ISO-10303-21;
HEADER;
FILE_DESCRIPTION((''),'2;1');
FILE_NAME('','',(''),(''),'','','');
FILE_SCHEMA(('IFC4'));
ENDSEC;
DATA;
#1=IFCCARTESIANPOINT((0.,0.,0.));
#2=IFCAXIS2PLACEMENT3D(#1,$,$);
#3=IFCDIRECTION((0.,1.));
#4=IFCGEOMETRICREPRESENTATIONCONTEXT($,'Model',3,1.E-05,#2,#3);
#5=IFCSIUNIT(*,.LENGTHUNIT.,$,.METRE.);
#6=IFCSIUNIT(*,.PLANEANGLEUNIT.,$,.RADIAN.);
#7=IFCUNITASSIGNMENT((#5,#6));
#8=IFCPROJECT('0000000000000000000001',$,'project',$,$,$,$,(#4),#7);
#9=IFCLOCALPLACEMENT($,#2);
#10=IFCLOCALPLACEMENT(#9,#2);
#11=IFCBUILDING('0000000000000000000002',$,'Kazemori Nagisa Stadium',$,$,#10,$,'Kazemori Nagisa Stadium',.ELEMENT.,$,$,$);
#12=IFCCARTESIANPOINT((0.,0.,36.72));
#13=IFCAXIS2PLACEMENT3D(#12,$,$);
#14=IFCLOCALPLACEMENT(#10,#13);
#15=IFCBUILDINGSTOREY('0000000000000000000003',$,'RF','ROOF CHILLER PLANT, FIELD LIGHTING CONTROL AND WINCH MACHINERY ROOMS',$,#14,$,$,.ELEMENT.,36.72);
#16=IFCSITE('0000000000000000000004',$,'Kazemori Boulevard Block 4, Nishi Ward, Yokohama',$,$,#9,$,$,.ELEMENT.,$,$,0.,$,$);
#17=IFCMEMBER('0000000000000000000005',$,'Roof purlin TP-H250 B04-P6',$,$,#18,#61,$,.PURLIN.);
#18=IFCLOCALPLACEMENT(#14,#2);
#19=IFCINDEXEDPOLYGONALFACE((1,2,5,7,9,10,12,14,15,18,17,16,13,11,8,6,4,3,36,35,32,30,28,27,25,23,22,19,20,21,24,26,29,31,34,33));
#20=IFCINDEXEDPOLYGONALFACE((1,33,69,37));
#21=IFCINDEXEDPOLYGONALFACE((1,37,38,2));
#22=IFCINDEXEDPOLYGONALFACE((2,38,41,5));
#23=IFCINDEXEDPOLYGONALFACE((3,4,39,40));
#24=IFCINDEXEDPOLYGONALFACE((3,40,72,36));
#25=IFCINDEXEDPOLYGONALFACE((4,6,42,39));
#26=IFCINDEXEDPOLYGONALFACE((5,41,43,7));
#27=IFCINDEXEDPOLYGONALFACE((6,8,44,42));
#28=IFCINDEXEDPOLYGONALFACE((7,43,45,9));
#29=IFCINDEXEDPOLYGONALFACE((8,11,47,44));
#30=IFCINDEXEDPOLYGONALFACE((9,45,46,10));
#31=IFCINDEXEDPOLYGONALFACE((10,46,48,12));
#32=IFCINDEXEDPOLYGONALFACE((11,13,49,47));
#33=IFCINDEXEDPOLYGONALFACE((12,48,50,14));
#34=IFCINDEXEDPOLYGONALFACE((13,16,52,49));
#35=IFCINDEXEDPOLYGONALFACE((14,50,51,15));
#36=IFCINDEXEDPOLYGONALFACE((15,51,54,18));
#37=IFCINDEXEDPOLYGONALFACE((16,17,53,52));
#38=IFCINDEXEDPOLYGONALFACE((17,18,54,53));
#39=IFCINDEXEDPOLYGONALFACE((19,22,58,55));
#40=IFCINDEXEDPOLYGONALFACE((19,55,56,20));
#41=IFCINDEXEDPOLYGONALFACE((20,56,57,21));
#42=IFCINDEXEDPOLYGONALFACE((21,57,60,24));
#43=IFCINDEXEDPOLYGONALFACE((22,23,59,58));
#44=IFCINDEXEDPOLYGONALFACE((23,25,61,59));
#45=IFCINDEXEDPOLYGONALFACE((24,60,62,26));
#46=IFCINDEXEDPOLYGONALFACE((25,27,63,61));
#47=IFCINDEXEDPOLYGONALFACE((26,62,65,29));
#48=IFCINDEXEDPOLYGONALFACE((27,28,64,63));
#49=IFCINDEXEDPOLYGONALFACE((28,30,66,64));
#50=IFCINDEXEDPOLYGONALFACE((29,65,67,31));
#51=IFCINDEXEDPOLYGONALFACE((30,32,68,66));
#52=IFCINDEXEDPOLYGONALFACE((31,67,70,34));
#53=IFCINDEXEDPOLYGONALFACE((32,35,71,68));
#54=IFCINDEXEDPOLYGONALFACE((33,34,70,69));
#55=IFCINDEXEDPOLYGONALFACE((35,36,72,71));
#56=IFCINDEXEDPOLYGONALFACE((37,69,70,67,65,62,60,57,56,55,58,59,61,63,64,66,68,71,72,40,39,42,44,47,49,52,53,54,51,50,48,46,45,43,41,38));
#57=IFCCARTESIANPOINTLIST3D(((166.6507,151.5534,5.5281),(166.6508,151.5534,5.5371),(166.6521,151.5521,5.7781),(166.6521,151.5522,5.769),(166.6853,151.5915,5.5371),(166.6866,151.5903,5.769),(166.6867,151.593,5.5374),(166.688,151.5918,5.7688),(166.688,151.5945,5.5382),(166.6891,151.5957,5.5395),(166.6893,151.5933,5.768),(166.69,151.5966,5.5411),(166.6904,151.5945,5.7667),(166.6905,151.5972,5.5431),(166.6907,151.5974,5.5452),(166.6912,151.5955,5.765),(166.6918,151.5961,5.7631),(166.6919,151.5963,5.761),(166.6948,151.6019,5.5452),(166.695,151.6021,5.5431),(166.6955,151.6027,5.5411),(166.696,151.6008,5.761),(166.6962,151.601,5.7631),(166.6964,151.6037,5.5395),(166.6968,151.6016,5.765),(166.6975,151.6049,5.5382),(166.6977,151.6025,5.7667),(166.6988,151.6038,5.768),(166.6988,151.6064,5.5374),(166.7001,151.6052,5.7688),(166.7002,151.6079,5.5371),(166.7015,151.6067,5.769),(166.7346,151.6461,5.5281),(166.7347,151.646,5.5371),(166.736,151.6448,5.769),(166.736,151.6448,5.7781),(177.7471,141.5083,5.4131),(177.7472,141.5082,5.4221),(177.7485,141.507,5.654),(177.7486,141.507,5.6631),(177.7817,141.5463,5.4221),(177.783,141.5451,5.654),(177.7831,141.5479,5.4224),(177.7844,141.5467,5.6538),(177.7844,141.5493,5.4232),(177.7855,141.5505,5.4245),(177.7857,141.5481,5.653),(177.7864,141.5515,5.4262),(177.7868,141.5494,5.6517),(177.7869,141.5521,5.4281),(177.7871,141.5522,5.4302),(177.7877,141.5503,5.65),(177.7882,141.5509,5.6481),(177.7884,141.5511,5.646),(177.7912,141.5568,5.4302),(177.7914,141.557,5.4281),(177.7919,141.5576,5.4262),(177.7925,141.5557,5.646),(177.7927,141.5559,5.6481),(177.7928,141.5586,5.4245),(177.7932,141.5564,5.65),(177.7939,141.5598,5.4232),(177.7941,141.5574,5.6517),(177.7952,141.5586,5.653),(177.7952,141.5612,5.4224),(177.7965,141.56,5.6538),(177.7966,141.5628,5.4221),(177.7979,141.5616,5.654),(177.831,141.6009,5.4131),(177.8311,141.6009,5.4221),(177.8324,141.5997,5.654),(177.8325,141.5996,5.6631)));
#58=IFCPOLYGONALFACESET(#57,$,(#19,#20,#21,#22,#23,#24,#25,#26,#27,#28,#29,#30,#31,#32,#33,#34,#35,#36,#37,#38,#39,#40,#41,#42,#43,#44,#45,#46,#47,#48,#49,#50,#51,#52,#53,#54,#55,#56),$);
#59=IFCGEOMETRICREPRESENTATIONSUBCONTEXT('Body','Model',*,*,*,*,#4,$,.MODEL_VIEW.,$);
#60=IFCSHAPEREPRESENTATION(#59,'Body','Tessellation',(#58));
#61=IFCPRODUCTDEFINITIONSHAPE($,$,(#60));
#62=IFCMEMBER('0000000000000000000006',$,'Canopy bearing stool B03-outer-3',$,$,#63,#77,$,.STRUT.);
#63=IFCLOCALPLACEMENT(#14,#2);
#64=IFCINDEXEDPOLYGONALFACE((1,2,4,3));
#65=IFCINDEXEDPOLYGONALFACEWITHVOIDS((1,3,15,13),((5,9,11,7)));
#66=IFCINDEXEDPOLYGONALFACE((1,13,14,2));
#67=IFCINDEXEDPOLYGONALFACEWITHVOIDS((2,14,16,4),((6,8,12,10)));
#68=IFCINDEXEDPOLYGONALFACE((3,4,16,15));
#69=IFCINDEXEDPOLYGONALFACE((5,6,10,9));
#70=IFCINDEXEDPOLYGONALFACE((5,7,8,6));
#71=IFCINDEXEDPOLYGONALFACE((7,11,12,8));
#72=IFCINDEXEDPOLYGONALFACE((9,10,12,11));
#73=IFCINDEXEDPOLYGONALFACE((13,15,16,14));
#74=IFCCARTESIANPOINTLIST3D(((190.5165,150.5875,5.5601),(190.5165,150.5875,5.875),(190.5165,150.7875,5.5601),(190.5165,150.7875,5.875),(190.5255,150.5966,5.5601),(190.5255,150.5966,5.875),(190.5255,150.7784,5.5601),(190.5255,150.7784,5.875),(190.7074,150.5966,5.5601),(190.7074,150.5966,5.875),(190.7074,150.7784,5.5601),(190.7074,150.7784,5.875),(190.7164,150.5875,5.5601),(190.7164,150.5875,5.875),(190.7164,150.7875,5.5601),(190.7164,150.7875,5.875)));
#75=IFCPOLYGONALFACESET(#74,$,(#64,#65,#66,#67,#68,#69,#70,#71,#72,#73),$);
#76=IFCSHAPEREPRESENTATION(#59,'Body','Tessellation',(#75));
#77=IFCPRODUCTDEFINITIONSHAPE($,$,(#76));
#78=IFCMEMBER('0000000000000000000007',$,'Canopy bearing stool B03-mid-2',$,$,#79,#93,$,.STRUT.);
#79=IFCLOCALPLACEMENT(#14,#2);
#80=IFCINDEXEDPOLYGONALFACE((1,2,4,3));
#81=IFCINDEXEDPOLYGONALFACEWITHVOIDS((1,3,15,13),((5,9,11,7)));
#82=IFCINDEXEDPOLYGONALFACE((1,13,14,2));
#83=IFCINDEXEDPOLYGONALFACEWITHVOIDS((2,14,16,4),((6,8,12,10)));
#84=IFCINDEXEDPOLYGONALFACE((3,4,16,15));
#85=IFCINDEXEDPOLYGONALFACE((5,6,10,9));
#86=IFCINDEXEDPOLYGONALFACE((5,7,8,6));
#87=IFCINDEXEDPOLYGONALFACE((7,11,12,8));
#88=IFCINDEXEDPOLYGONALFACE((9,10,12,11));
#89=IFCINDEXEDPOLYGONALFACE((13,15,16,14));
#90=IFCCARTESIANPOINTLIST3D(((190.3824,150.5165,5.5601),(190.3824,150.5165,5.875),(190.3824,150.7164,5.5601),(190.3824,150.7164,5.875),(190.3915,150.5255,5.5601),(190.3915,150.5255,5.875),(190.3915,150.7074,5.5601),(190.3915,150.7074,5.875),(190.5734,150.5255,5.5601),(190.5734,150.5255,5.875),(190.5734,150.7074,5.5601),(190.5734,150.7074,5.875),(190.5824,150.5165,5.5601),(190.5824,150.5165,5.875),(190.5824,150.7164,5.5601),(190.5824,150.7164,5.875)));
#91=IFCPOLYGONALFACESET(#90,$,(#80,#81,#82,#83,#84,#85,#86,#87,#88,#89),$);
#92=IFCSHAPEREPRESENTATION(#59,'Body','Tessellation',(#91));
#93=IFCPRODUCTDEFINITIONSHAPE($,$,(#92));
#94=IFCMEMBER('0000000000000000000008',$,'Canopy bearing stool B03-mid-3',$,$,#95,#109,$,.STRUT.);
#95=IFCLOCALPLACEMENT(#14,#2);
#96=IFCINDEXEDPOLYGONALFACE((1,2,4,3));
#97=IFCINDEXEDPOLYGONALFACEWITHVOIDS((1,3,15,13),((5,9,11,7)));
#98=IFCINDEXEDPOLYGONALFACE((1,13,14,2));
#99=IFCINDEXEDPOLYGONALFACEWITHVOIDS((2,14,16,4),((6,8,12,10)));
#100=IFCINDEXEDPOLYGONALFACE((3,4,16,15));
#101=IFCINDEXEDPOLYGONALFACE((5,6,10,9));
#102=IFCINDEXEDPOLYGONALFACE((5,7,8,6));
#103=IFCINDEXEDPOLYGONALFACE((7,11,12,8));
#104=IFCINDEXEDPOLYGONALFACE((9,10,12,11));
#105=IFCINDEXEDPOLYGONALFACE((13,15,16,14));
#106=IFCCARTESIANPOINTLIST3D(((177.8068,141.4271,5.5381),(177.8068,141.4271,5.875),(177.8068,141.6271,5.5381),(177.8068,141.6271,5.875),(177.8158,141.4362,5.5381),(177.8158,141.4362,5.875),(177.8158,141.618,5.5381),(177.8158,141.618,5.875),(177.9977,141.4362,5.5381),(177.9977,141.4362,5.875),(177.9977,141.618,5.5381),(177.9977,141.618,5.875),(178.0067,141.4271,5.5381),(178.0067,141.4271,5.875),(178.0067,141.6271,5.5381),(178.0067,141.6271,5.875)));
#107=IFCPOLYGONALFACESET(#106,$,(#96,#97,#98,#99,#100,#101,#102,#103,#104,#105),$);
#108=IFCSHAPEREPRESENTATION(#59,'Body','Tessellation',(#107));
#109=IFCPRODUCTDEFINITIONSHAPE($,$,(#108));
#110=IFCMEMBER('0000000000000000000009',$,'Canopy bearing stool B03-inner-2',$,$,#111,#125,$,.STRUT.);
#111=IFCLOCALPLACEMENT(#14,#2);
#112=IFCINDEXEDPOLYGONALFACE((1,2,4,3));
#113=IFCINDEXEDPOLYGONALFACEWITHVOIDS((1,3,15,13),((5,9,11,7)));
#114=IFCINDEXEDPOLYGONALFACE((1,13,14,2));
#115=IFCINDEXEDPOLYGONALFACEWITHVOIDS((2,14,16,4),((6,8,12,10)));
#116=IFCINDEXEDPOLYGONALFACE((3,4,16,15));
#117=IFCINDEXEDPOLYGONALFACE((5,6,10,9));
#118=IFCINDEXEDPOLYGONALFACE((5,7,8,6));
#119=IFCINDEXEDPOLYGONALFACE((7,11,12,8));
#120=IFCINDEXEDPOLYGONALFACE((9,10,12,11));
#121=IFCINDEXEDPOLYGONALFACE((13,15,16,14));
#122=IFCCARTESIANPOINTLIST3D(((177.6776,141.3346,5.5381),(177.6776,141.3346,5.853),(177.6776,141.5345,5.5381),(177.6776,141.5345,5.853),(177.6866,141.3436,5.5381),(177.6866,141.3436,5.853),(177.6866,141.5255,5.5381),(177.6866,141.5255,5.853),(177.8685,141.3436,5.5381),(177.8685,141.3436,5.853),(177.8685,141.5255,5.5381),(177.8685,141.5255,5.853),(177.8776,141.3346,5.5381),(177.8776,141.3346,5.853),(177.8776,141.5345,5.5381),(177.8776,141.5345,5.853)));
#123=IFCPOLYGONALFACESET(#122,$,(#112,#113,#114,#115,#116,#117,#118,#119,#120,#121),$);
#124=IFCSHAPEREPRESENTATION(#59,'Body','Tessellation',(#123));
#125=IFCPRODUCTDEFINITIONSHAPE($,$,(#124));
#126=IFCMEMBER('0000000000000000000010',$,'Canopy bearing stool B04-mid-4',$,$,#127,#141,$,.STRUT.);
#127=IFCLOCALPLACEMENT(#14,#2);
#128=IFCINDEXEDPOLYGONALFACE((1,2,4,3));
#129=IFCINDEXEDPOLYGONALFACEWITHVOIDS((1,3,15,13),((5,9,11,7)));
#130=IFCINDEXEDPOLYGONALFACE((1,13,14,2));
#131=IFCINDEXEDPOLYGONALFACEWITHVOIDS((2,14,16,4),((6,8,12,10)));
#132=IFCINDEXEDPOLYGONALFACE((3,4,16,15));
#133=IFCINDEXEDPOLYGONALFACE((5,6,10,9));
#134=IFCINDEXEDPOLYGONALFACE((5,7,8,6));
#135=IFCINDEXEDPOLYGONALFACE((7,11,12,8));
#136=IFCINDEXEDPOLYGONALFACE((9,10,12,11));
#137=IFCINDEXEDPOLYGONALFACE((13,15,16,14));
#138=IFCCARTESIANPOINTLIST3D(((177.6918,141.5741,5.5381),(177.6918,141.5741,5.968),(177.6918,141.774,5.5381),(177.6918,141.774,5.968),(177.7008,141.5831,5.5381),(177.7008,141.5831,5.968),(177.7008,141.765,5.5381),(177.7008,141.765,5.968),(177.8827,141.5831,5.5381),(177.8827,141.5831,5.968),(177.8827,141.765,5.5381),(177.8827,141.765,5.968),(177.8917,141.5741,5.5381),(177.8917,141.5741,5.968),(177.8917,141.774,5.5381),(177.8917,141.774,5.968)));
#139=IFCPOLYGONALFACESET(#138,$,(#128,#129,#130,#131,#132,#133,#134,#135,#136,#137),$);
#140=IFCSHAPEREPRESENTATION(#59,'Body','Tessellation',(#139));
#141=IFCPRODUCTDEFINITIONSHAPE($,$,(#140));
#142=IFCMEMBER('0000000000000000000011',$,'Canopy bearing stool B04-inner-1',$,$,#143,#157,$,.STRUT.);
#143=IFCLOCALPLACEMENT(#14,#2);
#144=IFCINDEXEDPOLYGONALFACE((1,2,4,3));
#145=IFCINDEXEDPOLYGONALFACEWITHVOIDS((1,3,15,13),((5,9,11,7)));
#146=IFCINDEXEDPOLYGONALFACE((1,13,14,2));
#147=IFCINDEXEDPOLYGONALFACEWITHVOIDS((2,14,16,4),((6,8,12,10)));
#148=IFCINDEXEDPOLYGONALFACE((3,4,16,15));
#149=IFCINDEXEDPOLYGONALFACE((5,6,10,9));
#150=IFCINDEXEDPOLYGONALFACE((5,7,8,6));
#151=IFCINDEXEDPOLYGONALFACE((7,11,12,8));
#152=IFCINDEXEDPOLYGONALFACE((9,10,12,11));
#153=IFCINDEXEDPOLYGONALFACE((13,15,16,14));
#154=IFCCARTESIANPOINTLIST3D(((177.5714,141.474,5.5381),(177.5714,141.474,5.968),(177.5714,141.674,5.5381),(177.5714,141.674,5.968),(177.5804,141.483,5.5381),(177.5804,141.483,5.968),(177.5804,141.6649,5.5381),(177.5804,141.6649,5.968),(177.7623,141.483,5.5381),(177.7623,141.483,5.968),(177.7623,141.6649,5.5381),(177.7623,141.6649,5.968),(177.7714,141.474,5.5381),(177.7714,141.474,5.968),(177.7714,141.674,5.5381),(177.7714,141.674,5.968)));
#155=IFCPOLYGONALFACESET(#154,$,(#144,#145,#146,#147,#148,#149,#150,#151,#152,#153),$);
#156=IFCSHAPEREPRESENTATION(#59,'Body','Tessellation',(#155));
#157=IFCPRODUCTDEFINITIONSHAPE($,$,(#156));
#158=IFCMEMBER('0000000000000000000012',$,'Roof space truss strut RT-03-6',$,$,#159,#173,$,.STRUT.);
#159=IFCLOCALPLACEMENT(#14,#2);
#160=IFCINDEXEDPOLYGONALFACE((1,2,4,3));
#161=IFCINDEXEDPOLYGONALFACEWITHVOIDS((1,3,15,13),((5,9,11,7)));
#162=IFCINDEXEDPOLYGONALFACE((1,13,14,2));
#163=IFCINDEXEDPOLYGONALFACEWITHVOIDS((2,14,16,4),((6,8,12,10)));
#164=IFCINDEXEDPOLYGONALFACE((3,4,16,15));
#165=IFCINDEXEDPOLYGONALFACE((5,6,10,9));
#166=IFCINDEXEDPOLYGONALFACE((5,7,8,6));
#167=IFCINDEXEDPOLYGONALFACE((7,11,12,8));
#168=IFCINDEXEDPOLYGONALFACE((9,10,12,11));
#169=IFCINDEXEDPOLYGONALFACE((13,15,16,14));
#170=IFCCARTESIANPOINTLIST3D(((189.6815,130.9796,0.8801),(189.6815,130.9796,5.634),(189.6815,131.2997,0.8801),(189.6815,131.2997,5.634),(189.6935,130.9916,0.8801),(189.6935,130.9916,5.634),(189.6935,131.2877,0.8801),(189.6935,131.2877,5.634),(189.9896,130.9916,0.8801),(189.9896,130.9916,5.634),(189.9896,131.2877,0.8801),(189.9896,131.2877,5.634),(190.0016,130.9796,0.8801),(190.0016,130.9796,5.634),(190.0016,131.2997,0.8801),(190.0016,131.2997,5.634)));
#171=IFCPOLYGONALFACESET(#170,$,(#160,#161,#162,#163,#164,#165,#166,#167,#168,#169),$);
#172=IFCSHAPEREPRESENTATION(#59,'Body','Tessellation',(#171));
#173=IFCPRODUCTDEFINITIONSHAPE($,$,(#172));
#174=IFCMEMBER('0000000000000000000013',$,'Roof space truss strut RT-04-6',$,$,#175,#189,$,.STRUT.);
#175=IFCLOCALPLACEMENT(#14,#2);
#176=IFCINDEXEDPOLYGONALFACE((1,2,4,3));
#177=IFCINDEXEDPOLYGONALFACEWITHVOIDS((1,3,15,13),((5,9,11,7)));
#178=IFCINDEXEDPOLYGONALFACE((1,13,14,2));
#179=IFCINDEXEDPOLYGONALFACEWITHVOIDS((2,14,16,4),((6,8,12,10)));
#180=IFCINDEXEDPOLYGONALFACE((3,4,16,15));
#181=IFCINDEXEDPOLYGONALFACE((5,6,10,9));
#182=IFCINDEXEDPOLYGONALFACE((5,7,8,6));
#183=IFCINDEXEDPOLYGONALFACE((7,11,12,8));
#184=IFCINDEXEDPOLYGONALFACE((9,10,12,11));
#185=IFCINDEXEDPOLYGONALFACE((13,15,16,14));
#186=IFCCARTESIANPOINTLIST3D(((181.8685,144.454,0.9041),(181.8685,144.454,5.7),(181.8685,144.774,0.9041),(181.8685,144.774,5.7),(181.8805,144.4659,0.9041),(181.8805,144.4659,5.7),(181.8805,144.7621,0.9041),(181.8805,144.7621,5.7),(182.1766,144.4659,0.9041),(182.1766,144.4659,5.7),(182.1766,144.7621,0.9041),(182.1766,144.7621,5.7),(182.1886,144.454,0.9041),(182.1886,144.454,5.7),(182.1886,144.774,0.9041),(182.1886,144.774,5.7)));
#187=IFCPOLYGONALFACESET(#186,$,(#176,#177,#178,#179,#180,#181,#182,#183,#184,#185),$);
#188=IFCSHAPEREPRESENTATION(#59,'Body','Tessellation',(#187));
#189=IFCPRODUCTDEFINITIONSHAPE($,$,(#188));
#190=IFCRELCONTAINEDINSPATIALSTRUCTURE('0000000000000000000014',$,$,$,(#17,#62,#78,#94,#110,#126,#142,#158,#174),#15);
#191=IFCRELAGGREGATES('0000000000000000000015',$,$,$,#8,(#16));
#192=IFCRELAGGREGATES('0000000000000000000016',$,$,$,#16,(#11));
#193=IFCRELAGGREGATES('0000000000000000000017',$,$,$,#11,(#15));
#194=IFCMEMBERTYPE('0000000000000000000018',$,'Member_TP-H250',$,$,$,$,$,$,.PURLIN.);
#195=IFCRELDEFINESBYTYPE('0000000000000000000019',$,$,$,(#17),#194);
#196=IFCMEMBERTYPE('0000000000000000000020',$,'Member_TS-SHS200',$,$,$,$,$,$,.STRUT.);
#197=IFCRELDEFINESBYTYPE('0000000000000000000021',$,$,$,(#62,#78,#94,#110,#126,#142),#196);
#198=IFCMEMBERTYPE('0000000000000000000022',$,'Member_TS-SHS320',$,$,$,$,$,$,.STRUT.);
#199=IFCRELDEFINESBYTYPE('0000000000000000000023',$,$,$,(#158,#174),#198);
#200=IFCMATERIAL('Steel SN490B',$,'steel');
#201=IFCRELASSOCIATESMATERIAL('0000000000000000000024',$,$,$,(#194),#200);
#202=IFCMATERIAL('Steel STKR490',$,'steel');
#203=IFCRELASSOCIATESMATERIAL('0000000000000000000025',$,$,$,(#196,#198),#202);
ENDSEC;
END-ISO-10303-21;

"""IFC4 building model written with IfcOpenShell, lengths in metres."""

from ifc_helpers import new_model, si_unit, direction, frame, origin, origin_2d, place, context, subcontext, project, spatial, hollow_rectangle, i_section, extrude, material, material_profile, profile_set, type_object, element, save


model = new_model("IFC4")

# Units and contexts
model_context = context("Model", 3, precision=1e-05, world=origin(), true_north=direction((0.0, 1.0)))
body_context = subcontext(model_context, "Body", "Model", "MODEL_VIEW")
ifc_project = project(units=[si_unit("LENGTHUNIT", "METRE"), si_unit("PLANEANGLEUNIT", "RADIAN")], contexts=[model_context])

# Site, building, storey
site_placement = place(None, origin())
site = spatial("IfcSite", under=ifc_project, at=site_placement, Name="Kazemori Boulevard Block 4, Nishi Ward, Yokohama", CompositionType="ELEMENT", RefElevation=0.0)
building_placement = place(site_placement, origin())
building = spatial("IfcBuilding", under=site, at=building_placement, Name="Kazemori Nagisa Stadium", LongName="Kazemori Nagisa Stadium", CompositionType="ELEMENT")
storey_placement = place(building_placement, frame((0.0, 0.0, 36.72)))
storey = spatial("IfcBuildingStorey", under=building, at=storey_placement, Name="RF", Description="ROOF CHILLER PLANT, FIELD LIGHTING CONTROL AND WINCH MACHINERY ROOMS", CompositionType="ELEMENT", Elevation=36.72)

# Shared definitions
ifc_material_1 = material(Name="Steel SN490B", Category="steel")

# Members
ifc_material_2 = material(Name="Steel STKR490", Category="steel")
ifc_material_profile_1 = material_profile(ifc_material_1, i_section(OverallWidth=0.125, OverallDepth=0.25, WebThickness=0.0061, FlangeThickness=0.009, FilletRadius=0.0081, at=origin_2d()), Name="H-250x125x6x9")
ifc_profile_set_1 = profile_set([ifc_material_profile_1], Name="Steel SN490B")
member_type_1 = type_object("IfcMemberType", Name="Member_TP-H250", PredefinedType="PURLIN", material=ifc_profile_set_1)
member_1_placement = place(storey_placement, frame((177.7898, 141.554, 5.5381), z_axis=(-0.74133, 0.671097, 0.007682), x_axis=(-0.671117, -0.741352, 0.0)))
element("IfcMember", 1, at=member_1_placement, inside=storey, type_object=member_type_1, Name="Roof purlin TP-H250 B04-P6", PredefinedType="PURLIN", context=body_context, shape_type="SweptSolid", body=[
    extrude(i_section(OverallWidth=0.125, OverallDepth=0.25, WebThickness=0.0061, FlangeThickness=0.009, FilletRadius=0.0081, at=origin_2d()), origin(), (0.0, 0.0, 1.0), 14.9683),
])
ifc_material_profile_2 = material_profile(ifc_material_2, hollow_rectangle(XDim=0.2, YDim=0.2, WallThickness=0.009, at=origin_2d()), Name="SHS-200x200x9")
ifc_profile_set_2 = profile_set([ifc_material_profile_2], Name="Steel STKR490")
member_type_2 = type_object("IfcMemberType", Name="Member_TS-SHS200", PredefinedType="STRUT", material=ifc_profile_set_2)
for number, where, z_axis, x_axis, name in (
    (2, (190.6165, 150.6875, 5.5601), (0.0, 0.0, 1.0), (1.0, 0.0, 0.0), "Canopy bearing stool B03-outer-3"),
    (3, (190.4824, 150.6165, 5.5601), (0.0, 0.0, 1.0), (1.0, 0.0, 0.0), "Canopy bearing stool B03-mid-2"),
):
    element("IfcMember", number, at=place(storey_placement, frame(where, z_axis=z_axis, x_axis=x_axis)), inside=storey, type_object=member_type_2, Name=name, PredefinedType="STRUT", context=body_context, shape_type="SweptSolid", body=[
        extrude(hollow_rectangle(XDim=0.2, YDim=0.2, WallThickness=0.009, at=origin_2d()), origin(), (0.0, 0.0, 1.0), 0.3149),
    ])
member_2_placement = place(storey_placement, frame((177.9067, 141.5271, 5.5381), z_axis=(0.0, 0.0, 1.0), x_axis=(1.0, 0.0, 0.0)))
element("IfcMember", 4, at=member_2_placement, inside=storey, type_object=member_type_2, Name="Canopy bearing stool B03-mid-3", PredefinedType="STRUT", context=body_context, shape_type="SweptSolid", body=[
    extrude(hollow_rectangle(XDim=0.2, YDim=0.2, WallThickness=0.009, at=origin_2d()), origin(), (0.0, 0.0, 1.0), 0.3369),
])
member_3_placement = place(storey_placement, frame((177.7776, 141.4346, 5.5381), z_axis=(0.0, 0.0, 1.0), x_axis=(1.0, 0.0, 0.0)))
element("IfcMember", 5, at=member_3_placement, inside=storey, type_object=member_type_2, Name="Canopy bearing stool B03-inner-2", PredefinedType="STRUT", context=body_context, shape_type="SweptSolid", body=[
    extrude(hollow_rectangle(XDim=0.2, YDim=0.2, WallThickness=0.009, at=origin_2d()), origin(), (0.0, 0.0, 1.0), 0.3149),
])
for number, where, z_axis, x_axis, name in (
    (6, (177.7917, 141.6741, 5.5381), (0.0, 0.0, 1.0), (1.0, 0.0, 0.0), "Canopy bearing stool B04-mid-4"),
    (7, (177.6714, 141.574, 5.5381), (0.0, 0.0, 1.0), (1.0, 0.0, 0.0), "Canopy bearing stool B04-inner-1"),
):
    element("IfcMember", number, at=place(storey_placement, frame(where, z_axis=z_axis, x_axis=x_axis)), inside=storey, type_object=member_type_2, Name=name, PredefinedType="STRUT", context=body_context, shape_type="SweptSolid", body=[
        extrude(hollow_rectangle(XDim=0.2, YDim=0.2, WallThickness=0.009, at=origin_2d()), origin(), (0.0, 0.0, 1.0), 0.4299),
    ])
ifc_material_profile_3 = material_profile(ifc_material_2, hollow_rectangle(XDim=0.3201, YDim=0.3201, WallThickness=0.012, at=origin_2d()), Name="SHS-320x320x12")
ifc_profile_set_3 = profile_set([ifc_material_profile_3], Name="Steel STKR490")
member_type_3 = type_object("IfcMemberType", Name="Member_TS-SHS320", PredefinedType="STRUT", material=ifc_profile_set_3)
member_4_placement = place(storey_placement, frame((189.8416, 131.1396, 0.8801), z_axis=(0.0, 0.0, 1.0), x_axis=(1.0, 0.0, 0.0)))
element("IfcMember", 8, at=member_4_placement, inside=storey, type_object=member_type_3, Name="Roof space truss strut RT-03-6", PredefinedType="STRUT", context=body_context, shape_type="SweptSolid", body=[
    extrude(hollow_rectangle(XDim=0.3201, YDim=0.3201, WallThickness=0.012, at=origin_2d()), origin(), (0.0, 0.0, 1.0), 4.7539),
])
member_5_placement = place(storey_placement, frame((182.0286, 144.614, 0.9041), z_axis=(0.0, 0.0, 1.0), x_axis=(1.0, 0.0, 0.0)))
element("IfcMember", 9, at=member_5_placement, inside=storey, type_object=member_type_3, Name="Roof space truss strut RT-04-6", PredefinedType="STRUT", context=body_context, shape_type="SweptSolid", body=[
    extrude(hollow_rectangle(XDim=0.3201, YDim=0.3201, WallThickness=0.012, at=origin_2d()), origin(), (0.0, 0.0, 1.0), 4.7959),
])

save(model, "model.ifc")
